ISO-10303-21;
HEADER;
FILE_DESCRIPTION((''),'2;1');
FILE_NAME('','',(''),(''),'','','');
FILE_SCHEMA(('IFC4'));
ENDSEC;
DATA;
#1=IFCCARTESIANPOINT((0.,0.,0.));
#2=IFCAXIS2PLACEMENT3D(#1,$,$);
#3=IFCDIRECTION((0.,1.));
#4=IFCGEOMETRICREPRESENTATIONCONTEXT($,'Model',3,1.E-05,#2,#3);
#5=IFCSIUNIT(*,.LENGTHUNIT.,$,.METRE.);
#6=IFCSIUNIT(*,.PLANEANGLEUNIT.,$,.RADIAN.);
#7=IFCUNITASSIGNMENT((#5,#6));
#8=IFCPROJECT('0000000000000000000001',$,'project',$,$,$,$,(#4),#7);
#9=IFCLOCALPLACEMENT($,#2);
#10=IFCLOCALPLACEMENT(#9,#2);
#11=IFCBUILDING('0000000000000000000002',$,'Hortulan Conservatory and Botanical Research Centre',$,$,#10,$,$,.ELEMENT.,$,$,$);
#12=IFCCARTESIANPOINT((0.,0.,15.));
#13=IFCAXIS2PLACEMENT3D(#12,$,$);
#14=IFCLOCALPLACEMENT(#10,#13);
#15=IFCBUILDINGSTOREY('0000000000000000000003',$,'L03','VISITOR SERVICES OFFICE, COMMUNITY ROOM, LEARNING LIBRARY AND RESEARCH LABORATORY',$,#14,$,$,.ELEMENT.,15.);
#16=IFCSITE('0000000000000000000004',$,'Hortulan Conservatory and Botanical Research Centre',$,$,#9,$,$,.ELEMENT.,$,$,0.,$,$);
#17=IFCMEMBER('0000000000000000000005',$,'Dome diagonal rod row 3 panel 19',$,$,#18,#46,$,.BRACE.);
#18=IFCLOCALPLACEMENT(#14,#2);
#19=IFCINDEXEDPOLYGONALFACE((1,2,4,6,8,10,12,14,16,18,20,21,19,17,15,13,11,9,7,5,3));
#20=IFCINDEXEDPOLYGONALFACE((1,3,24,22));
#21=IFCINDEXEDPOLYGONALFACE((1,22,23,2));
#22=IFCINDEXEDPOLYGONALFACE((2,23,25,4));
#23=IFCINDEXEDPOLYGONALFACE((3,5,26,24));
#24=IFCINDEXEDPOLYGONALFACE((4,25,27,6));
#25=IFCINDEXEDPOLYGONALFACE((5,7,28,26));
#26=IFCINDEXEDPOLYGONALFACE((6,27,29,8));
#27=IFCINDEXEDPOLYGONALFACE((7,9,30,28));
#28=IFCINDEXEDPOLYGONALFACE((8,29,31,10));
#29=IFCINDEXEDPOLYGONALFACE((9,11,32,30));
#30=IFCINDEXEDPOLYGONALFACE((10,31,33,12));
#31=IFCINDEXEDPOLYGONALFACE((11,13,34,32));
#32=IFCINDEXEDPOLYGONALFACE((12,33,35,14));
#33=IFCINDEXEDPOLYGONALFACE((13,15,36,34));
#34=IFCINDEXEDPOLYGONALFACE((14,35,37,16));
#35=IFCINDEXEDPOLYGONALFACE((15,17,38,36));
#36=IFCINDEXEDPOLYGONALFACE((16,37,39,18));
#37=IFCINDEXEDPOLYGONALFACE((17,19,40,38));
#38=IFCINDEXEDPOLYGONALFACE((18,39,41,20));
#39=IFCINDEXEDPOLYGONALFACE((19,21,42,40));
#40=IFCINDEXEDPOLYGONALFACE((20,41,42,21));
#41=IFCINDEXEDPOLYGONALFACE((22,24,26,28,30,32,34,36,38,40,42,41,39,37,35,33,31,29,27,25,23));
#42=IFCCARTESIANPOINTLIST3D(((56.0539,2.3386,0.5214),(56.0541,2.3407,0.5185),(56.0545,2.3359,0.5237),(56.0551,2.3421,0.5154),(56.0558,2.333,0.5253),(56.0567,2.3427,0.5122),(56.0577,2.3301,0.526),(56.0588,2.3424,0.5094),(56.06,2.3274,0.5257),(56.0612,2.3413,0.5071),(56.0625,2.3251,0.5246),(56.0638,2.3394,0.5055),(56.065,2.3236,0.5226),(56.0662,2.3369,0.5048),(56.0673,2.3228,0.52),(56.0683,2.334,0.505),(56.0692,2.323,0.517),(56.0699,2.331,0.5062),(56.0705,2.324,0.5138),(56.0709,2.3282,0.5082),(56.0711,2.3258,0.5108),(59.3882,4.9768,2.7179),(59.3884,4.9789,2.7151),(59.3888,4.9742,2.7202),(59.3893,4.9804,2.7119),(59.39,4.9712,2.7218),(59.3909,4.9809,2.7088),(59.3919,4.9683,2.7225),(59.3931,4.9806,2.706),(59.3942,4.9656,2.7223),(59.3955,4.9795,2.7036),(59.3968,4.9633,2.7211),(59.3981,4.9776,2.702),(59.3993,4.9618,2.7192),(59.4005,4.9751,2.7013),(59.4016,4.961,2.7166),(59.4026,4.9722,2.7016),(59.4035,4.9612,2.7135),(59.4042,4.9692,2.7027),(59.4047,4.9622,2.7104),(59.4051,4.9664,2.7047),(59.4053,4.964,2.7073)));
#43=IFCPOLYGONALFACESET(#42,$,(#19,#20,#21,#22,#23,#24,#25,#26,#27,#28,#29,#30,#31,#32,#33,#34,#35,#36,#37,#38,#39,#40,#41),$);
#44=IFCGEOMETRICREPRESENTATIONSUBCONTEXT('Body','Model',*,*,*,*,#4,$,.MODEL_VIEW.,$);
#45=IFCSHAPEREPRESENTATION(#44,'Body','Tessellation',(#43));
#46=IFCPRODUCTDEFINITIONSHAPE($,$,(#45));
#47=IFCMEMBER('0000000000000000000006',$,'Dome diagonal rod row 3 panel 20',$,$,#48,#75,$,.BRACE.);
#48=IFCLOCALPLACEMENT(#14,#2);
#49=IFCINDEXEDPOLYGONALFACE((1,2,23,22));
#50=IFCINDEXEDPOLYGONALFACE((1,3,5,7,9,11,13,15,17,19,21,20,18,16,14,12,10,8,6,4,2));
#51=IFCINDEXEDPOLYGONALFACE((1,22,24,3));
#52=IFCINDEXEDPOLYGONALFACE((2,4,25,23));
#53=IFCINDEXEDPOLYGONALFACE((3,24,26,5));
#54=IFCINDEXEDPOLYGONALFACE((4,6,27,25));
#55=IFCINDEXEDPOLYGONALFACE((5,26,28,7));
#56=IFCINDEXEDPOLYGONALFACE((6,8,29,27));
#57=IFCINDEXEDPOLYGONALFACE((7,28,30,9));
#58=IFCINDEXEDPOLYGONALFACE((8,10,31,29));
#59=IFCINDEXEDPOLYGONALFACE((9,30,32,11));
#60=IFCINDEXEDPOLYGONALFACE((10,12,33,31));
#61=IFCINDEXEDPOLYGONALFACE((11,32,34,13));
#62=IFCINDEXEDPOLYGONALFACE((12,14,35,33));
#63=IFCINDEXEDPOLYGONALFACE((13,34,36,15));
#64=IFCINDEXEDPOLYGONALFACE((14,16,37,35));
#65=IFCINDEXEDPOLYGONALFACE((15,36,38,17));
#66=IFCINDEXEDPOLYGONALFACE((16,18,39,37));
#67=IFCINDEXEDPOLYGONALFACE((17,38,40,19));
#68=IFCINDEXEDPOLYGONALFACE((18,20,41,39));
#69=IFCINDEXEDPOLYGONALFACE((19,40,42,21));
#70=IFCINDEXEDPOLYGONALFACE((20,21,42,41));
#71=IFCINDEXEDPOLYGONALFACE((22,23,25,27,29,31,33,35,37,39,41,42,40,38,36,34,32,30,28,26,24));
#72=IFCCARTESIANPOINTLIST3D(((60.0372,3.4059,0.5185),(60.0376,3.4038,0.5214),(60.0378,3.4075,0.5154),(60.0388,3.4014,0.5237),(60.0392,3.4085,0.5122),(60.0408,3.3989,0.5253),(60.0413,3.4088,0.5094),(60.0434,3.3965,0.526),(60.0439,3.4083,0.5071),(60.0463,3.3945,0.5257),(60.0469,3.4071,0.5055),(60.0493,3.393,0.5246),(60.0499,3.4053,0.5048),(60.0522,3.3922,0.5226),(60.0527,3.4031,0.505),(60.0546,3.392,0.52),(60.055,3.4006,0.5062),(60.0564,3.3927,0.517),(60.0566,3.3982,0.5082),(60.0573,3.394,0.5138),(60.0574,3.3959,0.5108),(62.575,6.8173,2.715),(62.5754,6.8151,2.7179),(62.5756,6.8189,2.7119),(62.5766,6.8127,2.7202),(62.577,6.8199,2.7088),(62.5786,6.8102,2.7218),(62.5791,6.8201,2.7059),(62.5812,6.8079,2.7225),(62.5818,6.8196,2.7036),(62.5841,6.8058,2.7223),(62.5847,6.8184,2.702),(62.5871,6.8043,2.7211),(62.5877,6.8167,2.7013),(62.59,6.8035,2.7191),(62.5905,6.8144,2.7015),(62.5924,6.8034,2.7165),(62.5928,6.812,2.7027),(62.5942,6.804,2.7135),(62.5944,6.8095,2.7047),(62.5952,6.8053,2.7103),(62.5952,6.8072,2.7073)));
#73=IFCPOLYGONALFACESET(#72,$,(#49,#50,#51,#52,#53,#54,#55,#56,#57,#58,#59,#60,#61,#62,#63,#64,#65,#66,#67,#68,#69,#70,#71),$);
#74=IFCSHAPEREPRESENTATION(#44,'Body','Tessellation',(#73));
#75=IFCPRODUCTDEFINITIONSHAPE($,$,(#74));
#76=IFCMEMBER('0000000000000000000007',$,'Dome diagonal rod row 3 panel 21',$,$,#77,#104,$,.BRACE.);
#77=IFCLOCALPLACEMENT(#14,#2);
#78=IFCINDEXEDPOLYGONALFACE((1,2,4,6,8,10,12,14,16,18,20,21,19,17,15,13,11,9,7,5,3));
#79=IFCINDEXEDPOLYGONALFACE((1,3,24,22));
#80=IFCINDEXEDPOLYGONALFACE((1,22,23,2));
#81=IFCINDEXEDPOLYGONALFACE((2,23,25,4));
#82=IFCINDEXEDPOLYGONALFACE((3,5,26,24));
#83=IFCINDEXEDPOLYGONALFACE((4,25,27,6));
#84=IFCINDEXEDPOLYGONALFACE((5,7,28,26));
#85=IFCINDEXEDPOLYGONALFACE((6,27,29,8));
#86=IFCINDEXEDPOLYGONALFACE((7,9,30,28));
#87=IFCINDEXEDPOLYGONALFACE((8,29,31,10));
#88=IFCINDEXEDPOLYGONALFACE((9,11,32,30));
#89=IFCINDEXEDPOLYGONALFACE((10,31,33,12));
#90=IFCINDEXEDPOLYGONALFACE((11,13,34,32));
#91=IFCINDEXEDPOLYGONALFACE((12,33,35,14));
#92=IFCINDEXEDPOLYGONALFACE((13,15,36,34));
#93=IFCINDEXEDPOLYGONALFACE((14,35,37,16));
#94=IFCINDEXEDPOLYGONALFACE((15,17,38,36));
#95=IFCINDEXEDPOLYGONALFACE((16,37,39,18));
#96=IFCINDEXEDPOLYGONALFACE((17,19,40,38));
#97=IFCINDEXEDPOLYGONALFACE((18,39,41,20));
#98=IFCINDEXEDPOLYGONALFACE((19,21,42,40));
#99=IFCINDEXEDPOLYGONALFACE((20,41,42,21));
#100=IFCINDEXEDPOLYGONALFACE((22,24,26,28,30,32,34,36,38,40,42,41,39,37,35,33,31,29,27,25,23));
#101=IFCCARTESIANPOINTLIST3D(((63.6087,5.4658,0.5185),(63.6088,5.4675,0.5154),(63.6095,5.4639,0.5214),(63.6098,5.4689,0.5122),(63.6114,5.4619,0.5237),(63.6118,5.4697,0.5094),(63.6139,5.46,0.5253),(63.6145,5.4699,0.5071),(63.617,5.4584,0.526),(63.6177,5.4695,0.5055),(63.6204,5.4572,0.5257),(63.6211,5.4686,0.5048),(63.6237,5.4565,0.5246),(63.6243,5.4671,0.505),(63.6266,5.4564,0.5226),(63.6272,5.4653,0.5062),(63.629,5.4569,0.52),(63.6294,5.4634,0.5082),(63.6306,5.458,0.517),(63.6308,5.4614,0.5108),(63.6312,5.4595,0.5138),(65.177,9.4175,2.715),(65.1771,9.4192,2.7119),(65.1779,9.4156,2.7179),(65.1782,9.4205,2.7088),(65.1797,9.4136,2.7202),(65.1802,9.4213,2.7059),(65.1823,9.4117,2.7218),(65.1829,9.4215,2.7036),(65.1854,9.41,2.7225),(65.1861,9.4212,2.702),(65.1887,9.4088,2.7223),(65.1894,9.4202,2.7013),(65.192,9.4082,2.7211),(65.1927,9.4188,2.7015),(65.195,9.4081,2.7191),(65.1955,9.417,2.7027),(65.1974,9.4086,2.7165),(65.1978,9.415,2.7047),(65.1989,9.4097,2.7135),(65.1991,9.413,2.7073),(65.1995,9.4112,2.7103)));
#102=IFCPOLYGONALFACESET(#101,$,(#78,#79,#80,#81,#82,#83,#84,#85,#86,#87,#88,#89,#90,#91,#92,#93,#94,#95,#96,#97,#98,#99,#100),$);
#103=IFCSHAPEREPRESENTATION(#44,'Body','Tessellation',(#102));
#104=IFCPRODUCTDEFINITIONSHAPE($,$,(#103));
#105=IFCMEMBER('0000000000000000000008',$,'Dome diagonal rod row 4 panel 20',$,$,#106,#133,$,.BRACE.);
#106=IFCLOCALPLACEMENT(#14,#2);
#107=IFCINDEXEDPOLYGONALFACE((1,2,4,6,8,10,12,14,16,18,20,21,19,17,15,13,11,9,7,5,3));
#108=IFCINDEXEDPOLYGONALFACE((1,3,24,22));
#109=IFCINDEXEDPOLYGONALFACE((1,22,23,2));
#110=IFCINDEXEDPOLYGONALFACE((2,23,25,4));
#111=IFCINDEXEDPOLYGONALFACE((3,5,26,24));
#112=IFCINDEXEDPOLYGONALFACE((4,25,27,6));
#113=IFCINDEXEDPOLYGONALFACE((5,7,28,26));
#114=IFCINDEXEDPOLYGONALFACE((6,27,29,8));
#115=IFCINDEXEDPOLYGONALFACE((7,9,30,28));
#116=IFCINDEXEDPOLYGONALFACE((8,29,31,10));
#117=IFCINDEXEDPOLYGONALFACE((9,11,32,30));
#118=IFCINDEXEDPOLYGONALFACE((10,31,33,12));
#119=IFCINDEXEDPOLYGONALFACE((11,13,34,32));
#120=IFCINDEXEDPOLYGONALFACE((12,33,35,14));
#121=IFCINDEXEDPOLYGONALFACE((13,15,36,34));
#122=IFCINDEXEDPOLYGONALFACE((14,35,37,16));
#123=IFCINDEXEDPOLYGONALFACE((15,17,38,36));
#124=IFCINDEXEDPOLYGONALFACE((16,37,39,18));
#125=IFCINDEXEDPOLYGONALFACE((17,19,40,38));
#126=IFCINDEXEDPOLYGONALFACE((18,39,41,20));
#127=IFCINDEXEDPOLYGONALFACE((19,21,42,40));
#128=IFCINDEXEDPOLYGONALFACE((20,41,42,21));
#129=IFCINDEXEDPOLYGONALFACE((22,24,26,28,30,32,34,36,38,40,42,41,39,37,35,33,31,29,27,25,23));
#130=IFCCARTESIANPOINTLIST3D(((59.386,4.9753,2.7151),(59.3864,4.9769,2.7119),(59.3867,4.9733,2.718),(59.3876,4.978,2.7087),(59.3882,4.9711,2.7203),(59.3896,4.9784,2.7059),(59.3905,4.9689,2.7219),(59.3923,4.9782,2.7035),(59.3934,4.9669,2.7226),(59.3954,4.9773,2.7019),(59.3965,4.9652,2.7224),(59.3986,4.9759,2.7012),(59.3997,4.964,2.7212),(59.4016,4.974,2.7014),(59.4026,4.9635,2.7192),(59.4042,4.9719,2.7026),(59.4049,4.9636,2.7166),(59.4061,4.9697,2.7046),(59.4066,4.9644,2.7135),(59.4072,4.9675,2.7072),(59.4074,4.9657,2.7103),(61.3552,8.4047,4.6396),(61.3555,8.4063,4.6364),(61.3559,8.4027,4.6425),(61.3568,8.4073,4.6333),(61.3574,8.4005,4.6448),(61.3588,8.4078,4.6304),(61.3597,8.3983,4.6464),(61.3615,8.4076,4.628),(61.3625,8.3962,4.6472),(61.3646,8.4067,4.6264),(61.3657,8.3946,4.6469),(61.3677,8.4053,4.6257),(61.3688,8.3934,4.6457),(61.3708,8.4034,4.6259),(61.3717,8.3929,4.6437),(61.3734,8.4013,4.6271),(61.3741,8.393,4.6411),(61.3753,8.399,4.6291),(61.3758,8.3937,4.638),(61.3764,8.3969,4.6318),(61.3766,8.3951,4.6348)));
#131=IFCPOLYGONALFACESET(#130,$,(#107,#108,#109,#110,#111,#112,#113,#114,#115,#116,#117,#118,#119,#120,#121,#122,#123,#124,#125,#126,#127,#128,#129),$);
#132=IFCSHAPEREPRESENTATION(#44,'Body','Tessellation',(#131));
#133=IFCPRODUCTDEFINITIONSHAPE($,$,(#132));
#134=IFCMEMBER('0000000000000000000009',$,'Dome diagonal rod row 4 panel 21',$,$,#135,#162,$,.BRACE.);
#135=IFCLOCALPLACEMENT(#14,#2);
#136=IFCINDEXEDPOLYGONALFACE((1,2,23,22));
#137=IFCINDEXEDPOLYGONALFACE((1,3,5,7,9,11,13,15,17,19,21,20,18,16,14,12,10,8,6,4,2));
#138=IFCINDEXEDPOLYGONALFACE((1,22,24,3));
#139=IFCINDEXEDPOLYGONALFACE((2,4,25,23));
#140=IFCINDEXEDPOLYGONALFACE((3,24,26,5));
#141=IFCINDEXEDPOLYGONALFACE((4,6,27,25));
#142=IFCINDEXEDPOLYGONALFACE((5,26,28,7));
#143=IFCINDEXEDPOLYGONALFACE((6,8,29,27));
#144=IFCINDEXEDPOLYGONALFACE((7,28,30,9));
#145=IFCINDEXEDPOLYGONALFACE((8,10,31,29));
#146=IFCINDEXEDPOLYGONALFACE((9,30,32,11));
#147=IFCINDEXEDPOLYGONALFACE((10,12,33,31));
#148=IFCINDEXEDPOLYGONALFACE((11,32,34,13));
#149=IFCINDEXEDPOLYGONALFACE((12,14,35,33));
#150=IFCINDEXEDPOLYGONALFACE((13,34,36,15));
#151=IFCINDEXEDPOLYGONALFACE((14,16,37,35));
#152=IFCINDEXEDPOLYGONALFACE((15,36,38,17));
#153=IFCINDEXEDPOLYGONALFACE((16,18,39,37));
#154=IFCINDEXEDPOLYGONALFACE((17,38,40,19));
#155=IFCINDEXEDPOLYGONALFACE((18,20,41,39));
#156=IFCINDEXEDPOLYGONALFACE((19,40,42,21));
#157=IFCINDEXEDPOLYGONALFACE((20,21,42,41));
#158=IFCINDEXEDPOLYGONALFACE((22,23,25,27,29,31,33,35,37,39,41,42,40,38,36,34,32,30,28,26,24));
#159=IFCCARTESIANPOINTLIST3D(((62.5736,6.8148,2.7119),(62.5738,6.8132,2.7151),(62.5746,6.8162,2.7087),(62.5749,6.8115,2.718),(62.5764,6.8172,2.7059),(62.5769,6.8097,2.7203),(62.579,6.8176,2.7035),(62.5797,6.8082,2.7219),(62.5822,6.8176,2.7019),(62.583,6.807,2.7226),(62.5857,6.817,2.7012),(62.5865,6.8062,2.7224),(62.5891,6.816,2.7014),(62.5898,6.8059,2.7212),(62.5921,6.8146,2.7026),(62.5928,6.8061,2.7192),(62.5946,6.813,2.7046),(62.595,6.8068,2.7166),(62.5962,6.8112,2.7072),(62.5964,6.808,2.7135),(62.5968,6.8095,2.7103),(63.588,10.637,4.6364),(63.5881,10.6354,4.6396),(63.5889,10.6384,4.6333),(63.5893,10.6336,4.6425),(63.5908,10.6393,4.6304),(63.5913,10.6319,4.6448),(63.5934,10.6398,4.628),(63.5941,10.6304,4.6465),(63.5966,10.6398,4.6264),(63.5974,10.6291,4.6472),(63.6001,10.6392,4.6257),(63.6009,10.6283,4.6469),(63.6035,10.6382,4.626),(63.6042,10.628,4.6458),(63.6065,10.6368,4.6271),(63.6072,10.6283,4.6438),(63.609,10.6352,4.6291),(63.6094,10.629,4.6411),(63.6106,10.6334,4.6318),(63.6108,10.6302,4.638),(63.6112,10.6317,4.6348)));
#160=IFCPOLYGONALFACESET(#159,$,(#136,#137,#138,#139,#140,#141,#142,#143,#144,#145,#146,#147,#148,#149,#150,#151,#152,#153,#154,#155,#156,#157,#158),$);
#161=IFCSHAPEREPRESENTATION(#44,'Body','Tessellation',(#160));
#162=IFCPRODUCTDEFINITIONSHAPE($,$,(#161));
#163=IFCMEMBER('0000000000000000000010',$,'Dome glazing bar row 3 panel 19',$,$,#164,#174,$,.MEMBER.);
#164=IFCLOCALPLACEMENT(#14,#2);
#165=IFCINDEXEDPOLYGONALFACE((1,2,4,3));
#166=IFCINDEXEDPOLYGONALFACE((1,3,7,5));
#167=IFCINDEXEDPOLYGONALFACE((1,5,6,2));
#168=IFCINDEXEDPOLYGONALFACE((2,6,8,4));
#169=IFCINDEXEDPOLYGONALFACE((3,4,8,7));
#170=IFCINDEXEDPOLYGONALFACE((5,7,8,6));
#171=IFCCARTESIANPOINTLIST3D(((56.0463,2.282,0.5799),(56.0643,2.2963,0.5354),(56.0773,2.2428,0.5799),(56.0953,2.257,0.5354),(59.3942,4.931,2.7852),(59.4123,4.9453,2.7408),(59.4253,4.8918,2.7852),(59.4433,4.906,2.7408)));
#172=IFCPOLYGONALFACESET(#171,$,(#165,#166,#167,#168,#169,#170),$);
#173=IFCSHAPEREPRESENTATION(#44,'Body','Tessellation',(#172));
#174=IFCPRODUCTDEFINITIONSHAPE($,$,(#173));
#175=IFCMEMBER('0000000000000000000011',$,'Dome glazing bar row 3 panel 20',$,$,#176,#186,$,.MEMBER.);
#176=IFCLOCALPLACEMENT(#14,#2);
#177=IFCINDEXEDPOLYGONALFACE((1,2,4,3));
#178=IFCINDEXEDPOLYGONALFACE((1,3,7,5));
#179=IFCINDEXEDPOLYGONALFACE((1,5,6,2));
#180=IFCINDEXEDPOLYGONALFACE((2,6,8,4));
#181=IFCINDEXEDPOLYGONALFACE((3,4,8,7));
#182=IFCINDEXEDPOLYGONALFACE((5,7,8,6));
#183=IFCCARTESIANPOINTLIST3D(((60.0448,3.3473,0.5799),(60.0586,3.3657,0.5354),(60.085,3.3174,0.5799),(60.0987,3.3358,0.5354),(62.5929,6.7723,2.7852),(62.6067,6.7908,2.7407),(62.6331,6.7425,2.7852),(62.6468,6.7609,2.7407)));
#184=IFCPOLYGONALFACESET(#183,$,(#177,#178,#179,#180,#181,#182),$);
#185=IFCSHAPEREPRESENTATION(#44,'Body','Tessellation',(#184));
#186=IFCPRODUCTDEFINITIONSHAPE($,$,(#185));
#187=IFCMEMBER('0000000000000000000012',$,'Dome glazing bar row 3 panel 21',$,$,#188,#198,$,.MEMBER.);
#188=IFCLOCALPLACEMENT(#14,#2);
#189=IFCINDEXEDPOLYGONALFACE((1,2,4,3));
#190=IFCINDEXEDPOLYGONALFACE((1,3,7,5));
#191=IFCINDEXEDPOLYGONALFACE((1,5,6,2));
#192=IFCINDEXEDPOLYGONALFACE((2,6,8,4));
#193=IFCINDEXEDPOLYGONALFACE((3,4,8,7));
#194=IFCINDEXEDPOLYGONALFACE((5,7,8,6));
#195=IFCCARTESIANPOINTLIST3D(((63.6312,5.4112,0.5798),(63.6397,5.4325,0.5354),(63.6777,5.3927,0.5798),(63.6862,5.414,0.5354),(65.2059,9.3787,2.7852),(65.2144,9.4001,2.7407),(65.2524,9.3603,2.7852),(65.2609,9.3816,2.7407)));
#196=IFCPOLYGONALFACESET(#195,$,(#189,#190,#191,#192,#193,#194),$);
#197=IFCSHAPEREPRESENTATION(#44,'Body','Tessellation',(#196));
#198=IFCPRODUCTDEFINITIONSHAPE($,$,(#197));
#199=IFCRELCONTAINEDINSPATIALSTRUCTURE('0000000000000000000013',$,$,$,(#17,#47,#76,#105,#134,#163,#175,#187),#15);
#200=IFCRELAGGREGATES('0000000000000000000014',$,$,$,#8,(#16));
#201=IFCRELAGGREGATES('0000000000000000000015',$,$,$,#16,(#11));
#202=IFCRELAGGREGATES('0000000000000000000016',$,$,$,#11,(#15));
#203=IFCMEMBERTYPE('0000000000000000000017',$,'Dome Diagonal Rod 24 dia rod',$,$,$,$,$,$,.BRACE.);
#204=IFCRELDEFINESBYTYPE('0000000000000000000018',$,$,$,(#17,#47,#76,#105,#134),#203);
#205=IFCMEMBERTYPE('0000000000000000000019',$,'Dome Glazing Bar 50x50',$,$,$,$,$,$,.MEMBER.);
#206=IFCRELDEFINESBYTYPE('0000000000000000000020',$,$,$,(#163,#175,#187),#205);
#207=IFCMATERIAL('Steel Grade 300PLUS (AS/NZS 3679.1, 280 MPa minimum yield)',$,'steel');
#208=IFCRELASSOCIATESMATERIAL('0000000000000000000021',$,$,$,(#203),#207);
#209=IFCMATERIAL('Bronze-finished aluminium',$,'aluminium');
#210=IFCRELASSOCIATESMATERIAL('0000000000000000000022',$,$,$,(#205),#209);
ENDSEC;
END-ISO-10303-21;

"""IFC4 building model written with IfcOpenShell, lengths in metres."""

from ifc_helpers import new_model, si_unit, direction, frame, origin, origin_2d, place, context, subcontext, project, spatial, rectangle, circle, extrude, material, material_profile, profile_set, type_object, element, save


model = new_model("IFC4")

# Units and contexts
model_context = context("Model", 3, precision=1e-05, world=origin(), true_north=direction((0.0, 1.0)))
body_context = subcontext(model_context, "Body", "Model", "MODEL_VIEW")
ifc_project = project(units=[si_unit("LENGTHUNIT", "METRE"), si_unit("PLANEANGLEUNIT", "RADIAN")], contexts=[model_context])

# Site, building, storey
site_placement = place(None, origin())
site = spatial("IfcSite", under=ifc_project, at=site_placement, Name="Hortulan Conservatory and Botanical Research Centre", CompositionType="ELEMENT", RefElevation=0.0)
building_placement = place(site_placement, origin())
building = spatial("IfcBuilding", under=site, at=building_placement, Name="Hortulan Conservatory and Botanical Research Centre", CompositionType="ELEMENT")
storey_placement = place(building_placement, frame((0.0, 0.0, 15.0)))
storey = spatial("IfcBuildingStorey", under=building, at=storey_placement, Name="L03", Description="VISITOR SERVICES OFFICE, COMMUNITY ROOM, LEARNING LIBRARY AND RESEARCH LABORATORY", CompositionType="ELEMENT", Elevation=15.0)

# Members
ifc_material_1 = material(Name="Steel Grade 300PLUS (AS/NZS 3679.1, 280 MPa minimum yield)", Category="steel")
ifc_material_profile_1 = material_profile(ifc_material_1, circle(Radius=0.012, at=origin_2d()), Name="24 dia rod")
ifc_profile_set_1 = profile_set([ifc_material_profile_1], Name="Steel Grade 300PLUS (AS/NZS 3679.1, 280 MPa minimum yield)")
member_type_1 = type_object("IfcMemberType", Name="Dome Diagonal Rod 24 dia rod", PredefinedType="BRACE", material=ifc_profile_set_1)
for number, where, z_axis, x_axis, name in (
    (1, (56.0625, 2.3328, 0.5154), (0.696723, 0.551277, 0.458989), (-0.620498, 0.784208, 0.0), "Dome diagonal rod row 3 panel 19"),
    (2, (60.0474, 3.4004, 0.5154), (0.530297, 0.712828, 0.458979), (-0.80233, 0.596881, 0.0), "Dome diagonal rod row 3 panel 20"),
):
    element("IfcMember", number, at=place(storey_placement, frame(where, z_axis=z_axis, x_axis=x_axis)), inside=storey, type_object=member_type_1, Name=name, PredefinedType="BRACE", context=body_context, shape_type="SweptSolid", body=[
        extrude(circle(Radius=0.012, at=origin_2d()), origin(), (0.0, 0.0, 1.0), 4.7856),
    ])
member_1_placement = place(storey_placement, frame((63.6199, 5.4631, 0.5154), z_axis=(0.327738, 0.825773, 0.459006), x_axis=(-0.929471, 0.368894, 0.0)))
element("IfcMember", 3, at=member_1_placement, inside=storey, type_object=member_type_1, Name="Dome diagonal rod row 3 panel 21", PredefinedType="BRACE", context=body_context, shape_type="SweptSolid", body=[
    extrude(circle(Radius=0.012, at=origin_2d()), origin(), (0.0, 0.0, 1.0), 4.7854),
])
for number, where, z_axis, x_axis, name in (
    (4, (59.3967, 4.9709, 2.7119), (0.447752, 0.779763, 0.437593), (-0.8672, 0.49796, 0.0), "Dome diagonal rod row 4 panel 20"),
    (5, (62.5852, 6.8118, 2.7119), (0.23065, 0.869086, 0.437596), (-0.966541, 0.256514, 0.0), "Dome diagonal rod row 4 panel 21"),
):
    element("IfcMember", number, at=place(storey_placement, frame(where, z_axis=z_axis, x_axis=x_axis)), inside=storey, type_object=member_type_1, Name=name, PredefinedType="BRACE", context=body_context, shape_type="SweptSolid", body=[
        extrude(circle(Radius=0.012, at=origin_2d()), origin(), (0.0, 0.0, 1.0), 4.3979),
    ])
ifc_material_2 = material(Name="Bronze-finished aluminium", Category="aluminium")
ifc_material_profile_2 = material_profile(ifc_material_2, rectangle(XDim=0.05, YDim=0.05, at=origin_2d()), Name="Square bar 50x50")
ifc_profile_set_2 = profile_set([ifc_material_profile_2], Name="Bronze-finished aluminium")
member_type_2 = type_object("IfcMemberType", Name="Dome Glazing Bar 50x50", PredefinedType="MEMBER", material=ifc_profile_set_2)
member_2_placement = place(storey_placement, frame((56.0708, 2.2695, 0.5576), z_axis=(0.696743, 0.551277, 0.458957), x_axis=(-0.620488, 0.784216, 0.0)))
element("IfcMember", 6, at=member_2_placement, inside=storey, type_object=member_type_2, Name="Dome glazing bar row 3 panel 19", PredefinedType="MEMBER", context=body_context, shape_type="SweptSolid", body=[
    extrude(rectangle(XDim=0.05, YDim=0.05, at=origin_2d()), origin(), (0.0, 0.0, 1.0), 4.8052),
])
member_3_placement = place(storey_placement, frame((60.0718, 3.3416, 0.5576), z_axis=(0.53031, 0.712822, 0.458972), x_axis=(-0.80232, 0.596893, 0.0)))
element("IfcMember", 7, at=member_3_placement, inside=storey, type_object=member_type_2, Name="Dome glazing bar row 3 panel 20", PredefinedType="MEMBER", context=body_context, shape_type="SweptSolid", body=[
    extrude(rectangle(XDim=0.05, YDim=0.05, at=origin_2d()), origin(), (0.0, 0.0, 1.0), 4.8049),
])
member_4_placement = place(storey_placement, frame((63.6587, 5.4126, 0.5576), z_axis=(0.327748, 0.825773, 0.459), x_axis=(-0.929467, 0.368904, 0.0)))
element("IfcMember", 8, at=member_4_placement, inside=storey, type_object=member_type_2, Name="Dome glazing bar row 3 panel 21", PredefinedType="MEMBER", context=body_context, shape_type="SweptSolid", body=[
    extrude(rectangle(XDim=0.05, YDim=0.05, at=origin_2d()), origin(), (0.0, 0.0, 1.0), 4.8047),
])

save(model, "model.ifc")
